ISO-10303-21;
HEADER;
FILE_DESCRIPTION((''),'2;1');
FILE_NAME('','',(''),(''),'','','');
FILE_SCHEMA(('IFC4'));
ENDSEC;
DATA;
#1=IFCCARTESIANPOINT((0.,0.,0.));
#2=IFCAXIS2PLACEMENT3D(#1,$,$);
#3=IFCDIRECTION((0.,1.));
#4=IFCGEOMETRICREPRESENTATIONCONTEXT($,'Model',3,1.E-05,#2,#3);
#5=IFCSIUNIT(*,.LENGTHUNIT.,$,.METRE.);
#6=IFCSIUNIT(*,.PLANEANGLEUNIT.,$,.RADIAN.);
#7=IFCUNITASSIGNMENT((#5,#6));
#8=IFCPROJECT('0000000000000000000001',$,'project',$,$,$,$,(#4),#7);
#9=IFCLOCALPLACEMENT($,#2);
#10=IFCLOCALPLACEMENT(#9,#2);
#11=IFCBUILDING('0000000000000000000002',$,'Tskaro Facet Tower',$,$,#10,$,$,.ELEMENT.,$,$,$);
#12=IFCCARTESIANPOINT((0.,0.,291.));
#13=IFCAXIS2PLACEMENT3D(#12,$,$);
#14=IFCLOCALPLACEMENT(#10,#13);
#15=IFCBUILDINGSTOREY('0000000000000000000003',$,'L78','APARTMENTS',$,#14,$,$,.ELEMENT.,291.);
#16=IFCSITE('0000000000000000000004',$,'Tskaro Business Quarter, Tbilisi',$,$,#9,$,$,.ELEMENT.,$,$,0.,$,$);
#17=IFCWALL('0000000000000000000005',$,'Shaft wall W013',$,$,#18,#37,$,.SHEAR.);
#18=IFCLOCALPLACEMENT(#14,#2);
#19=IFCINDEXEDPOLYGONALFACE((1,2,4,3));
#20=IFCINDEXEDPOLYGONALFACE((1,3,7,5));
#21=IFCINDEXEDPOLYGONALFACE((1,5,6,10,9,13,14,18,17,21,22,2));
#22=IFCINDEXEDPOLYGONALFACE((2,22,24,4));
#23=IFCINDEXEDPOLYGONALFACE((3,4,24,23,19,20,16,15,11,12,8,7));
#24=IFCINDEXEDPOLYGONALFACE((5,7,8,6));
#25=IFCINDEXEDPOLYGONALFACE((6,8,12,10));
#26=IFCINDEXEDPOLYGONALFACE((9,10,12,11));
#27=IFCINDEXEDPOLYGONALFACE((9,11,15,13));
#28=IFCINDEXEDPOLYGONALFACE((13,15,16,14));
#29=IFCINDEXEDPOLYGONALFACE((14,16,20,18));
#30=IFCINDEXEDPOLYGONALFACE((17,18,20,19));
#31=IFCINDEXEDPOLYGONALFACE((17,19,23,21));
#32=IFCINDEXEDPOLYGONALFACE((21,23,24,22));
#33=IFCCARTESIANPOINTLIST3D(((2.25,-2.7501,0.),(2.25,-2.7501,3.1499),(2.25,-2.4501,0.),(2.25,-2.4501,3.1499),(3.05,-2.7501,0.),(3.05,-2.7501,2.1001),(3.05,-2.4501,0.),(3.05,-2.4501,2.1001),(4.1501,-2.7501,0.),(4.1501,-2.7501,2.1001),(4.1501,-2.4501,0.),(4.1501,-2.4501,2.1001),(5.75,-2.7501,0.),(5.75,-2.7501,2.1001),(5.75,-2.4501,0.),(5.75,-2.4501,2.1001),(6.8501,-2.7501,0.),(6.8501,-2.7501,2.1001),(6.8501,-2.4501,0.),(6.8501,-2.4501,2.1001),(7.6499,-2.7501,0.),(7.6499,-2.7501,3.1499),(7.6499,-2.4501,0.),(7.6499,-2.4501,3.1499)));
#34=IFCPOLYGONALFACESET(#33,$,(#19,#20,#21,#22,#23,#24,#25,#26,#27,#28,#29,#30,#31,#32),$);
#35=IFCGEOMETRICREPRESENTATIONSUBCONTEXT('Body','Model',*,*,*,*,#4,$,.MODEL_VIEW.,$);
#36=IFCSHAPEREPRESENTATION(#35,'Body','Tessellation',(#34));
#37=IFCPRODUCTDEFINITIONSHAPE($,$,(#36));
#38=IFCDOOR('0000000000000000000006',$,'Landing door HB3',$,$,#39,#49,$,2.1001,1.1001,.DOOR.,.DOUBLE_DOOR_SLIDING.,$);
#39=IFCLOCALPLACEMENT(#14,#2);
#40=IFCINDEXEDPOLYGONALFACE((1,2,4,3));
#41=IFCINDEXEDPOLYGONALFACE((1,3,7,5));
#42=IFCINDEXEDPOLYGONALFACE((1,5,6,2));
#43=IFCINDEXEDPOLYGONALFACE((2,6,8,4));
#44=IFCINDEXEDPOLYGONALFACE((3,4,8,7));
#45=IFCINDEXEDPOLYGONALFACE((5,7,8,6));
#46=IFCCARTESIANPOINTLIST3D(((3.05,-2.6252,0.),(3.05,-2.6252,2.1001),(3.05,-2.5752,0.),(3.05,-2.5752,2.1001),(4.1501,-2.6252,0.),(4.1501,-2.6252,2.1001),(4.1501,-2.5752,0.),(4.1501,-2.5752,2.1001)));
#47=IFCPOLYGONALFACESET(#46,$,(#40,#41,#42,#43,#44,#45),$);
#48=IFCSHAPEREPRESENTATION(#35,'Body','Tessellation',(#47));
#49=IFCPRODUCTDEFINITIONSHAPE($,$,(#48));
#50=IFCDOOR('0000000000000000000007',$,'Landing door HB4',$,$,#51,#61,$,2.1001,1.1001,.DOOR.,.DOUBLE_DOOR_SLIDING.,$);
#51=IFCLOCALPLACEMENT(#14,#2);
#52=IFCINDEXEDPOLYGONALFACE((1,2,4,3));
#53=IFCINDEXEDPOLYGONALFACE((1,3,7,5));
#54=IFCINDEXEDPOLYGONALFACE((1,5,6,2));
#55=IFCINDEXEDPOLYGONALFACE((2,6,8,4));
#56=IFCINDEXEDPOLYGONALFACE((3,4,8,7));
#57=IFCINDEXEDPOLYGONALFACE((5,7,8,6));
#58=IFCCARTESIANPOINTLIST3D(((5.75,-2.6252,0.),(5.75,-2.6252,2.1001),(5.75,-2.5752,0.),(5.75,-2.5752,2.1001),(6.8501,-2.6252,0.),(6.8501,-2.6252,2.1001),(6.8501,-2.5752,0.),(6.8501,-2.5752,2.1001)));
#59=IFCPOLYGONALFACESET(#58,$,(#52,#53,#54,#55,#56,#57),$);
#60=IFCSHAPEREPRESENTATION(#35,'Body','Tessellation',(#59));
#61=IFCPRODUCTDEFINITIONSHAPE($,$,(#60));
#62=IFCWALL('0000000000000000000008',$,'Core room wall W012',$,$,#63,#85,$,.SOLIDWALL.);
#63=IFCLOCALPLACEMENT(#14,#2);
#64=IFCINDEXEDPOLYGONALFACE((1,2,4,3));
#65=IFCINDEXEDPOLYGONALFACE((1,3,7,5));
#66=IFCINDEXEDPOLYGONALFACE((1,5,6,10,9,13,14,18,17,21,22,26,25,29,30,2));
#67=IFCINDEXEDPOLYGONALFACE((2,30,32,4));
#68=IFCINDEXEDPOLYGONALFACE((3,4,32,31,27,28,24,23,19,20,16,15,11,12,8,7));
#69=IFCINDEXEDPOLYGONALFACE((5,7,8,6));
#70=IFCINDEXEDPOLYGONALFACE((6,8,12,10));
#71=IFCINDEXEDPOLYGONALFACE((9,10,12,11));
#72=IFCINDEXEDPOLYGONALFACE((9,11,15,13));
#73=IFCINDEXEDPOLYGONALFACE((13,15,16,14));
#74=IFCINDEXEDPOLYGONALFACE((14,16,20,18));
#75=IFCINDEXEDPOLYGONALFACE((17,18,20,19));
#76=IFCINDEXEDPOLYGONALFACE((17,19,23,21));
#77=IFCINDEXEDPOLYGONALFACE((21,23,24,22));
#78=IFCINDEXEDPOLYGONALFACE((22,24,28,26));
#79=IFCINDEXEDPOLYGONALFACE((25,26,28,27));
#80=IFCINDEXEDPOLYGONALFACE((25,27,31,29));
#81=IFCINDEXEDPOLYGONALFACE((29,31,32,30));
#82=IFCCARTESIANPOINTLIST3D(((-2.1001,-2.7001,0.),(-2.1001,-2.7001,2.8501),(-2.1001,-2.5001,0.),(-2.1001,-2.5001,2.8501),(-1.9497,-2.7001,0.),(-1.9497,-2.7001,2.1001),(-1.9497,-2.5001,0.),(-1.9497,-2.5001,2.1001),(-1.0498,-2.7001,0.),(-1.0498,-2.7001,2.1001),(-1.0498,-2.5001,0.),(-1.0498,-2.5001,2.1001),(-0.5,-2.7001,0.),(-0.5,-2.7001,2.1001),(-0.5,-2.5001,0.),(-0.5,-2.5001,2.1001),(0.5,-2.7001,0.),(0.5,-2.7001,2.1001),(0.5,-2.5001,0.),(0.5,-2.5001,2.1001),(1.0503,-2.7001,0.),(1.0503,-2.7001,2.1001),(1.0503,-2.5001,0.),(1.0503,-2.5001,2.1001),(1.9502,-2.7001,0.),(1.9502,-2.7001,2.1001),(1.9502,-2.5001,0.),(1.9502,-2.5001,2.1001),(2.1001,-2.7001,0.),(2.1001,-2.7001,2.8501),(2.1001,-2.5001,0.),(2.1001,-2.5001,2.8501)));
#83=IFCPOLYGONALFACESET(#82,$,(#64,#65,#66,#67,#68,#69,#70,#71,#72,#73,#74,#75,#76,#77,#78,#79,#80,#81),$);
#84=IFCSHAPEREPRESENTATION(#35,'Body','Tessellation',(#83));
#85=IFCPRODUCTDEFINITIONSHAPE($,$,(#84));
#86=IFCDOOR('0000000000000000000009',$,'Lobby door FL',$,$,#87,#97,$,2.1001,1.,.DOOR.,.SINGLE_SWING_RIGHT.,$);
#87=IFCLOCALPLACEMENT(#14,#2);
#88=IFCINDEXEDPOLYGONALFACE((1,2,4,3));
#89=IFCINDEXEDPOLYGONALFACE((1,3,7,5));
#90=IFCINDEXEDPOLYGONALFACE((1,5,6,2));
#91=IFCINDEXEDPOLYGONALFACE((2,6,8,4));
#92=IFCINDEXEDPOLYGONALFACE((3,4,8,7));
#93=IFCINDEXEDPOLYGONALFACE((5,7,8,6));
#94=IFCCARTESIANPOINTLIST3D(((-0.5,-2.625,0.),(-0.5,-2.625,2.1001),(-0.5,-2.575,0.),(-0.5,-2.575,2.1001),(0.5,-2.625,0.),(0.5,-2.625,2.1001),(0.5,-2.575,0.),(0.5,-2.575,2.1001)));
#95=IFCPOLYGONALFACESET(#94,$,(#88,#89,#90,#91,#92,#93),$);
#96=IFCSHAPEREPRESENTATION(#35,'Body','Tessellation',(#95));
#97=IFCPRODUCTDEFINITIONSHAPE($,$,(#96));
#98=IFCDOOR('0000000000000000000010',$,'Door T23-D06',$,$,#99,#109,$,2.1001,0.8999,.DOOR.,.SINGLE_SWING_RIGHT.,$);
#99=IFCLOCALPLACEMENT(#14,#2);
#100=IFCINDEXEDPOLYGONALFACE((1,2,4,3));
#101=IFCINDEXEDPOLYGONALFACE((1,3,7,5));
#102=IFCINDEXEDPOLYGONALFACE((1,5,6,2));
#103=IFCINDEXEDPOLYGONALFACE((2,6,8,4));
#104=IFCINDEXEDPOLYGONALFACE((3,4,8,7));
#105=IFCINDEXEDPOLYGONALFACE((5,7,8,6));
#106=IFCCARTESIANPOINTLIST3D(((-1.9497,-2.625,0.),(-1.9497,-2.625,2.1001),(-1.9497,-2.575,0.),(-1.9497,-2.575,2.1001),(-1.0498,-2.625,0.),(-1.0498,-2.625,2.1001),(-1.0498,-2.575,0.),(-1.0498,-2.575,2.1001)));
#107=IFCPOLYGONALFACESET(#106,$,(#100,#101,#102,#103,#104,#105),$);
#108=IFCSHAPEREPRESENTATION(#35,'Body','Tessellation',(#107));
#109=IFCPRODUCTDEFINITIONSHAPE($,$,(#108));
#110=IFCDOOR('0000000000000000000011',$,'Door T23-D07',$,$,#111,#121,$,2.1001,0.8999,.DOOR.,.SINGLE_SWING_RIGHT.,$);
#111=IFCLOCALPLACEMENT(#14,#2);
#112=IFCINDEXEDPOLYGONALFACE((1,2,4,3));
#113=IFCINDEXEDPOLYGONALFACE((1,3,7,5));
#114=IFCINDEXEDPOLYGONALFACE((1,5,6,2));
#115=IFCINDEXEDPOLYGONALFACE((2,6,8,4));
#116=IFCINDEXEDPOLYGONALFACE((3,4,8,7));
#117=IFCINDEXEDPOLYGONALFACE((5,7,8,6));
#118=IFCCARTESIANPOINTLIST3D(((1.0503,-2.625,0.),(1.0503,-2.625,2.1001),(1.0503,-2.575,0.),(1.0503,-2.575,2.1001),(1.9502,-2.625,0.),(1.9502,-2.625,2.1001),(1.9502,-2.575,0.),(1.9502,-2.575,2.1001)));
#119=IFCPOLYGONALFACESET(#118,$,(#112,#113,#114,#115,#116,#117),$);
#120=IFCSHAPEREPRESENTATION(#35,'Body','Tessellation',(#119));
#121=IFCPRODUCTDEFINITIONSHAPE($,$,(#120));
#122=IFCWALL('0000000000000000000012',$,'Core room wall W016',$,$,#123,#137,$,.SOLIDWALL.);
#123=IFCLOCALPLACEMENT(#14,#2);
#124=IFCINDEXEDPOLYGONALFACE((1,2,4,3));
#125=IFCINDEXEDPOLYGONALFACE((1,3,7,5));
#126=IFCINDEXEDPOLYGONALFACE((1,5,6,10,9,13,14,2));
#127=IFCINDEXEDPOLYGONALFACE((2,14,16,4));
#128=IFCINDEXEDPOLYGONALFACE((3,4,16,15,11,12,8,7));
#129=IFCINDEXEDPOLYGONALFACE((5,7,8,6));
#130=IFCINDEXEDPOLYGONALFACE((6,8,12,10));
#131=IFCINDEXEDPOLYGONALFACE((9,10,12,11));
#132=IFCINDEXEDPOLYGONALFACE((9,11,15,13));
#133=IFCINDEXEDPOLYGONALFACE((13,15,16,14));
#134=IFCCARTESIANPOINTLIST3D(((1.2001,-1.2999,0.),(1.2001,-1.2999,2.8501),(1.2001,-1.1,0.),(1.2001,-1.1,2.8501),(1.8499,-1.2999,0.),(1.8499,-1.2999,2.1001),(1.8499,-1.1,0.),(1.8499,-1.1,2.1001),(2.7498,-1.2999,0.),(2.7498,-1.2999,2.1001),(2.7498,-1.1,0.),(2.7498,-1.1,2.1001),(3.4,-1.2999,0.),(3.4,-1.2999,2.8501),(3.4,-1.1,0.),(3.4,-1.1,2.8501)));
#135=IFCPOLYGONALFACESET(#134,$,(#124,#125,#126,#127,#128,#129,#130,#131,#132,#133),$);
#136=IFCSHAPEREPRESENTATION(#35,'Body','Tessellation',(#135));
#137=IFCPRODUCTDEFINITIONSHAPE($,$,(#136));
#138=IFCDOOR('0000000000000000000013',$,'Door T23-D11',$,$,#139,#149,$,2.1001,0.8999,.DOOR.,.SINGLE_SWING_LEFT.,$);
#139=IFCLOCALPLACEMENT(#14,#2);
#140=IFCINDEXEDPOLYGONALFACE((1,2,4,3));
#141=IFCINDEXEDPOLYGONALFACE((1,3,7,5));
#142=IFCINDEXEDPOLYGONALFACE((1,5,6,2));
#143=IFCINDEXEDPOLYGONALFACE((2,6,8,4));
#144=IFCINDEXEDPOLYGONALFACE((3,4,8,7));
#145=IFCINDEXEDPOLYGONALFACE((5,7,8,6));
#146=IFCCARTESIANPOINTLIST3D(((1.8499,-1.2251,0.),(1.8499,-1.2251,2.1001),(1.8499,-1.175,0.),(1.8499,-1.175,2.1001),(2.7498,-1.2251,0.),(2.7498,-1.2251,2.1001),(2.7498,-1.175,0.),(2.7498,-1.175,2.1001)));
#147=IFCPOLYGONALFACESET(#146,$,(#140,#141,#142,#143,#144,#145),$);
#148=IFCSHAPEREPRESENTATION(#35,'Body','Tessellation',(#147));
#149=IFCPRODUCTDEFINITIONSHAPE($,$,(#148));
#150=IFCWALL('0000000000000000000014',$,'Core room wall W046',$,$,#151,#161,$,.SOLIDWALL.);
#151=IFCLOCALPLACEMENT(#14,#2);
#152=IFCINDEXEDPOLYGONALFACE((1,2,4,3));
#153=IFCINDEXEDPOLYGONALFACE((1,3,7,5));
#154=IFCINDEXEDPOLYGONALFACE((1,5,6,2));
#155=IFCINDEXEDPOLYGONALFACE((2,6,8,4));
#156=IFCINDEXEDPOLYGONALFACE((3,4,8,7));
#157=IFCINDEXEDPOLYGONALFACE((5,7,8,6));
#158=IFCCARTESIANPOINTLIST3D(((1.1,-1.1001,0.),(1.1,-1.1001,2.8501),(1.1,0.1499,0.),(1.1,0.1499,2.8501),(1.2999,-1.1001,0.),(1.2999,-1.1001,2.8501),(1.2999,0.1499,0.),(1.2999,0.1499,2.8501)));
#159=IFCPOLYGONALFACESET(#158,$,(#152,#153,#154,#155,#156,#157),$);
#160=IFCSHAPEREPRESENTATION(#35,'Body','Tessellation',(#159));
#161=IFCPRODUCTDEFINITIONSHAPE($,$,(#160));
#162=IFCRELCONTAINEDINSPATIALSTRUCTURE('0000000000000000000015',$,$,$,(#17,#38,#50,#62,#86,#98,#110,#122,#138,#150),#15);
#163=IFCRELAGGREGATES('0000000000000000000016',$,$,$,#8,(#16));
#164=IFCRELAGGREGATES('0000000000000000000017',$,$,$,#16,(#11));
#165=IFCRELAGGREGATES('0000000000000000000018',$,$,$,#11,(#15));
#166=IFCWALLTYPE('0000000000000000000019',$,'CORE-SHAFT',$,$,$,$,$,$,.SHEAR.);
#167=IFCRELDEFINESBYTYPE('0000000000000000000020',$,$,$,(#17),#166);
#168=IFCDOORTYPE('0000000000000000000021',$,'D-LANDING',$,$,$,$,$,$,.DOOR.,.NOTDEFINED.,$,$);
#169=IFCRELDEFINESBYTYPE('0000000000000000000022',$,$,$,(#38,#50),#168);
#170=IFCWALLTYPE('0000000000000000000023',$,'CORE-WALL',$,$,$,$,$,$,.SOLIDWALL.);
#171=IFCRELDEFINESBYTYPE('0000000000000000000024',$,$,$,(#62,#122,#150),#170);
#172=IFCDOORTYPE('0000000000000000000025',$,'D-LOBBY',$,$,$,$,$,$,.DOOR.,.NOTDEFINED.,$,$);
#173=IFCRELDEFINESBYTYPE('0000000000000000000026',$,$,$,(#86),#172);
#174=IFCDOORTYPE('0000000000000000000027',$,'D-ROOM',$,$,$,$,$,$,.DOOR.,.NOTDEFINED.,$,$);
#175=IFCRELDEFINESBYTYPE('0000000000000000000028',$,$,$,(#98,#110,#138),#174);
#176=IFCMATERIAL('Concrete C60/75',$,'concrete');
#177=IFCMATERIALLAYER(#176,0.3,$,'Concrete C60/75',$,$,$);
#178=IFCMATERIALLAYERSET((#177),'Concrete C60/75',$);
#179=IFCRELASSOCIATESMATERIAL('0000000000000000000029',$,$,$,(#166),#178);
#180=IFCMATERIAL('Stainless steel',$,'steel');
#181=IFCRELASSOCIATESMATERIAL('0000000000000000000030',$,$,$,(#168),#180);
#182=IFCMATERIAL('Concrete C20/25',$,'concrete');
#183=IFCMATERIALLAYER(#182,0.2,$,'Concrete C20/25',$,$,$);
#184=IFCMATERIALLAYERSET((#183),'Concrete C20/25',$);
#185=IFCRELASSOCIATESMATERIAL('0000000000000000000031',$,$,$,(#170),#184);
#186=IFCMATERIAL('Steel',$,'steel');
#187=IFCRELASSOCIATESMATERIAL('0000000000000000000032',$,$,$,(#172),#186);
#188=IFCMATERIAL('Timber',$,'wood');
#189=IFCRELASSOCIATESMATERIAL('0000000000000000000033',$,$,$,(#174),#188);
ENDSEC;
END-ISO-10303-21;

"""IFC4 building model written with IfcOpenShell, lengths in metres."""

from ifc_helpers import new_model, si_unit, direction, frame, frame_2d, origin, place, context, subcontext, project, spatial, rectangle, extrude, material, layer, layer_set, type_object, element, fill, save


model = new_model("IFC4")

# Units and contexts
model_context = context("Model", 3, precision=1e-05, world=origin(), true_north=direction((0.0, 1.0)))
body_context = subcontext(model_context, "Body", "Model", "MODEL_VIEW")
ifc_project = project(units=[si_unit("LENGTHUNIT", "METRE"), si_unit("PLANEANGLEUNIT", "RADIAN")], contexts=[model_context])

# Site, building, storey
site_placement = place(None, origin())
site = spatial("IfcSite", under=ifc_project, at=site_placement, Name="Tskaro Business Quarter, Tbilisi", CompositionType="ELEMENT", RefElevation=0.0)
building_placement = place(site_placement, origin())
building = spatial("IfcBuilding", under=site, at=building_placement, Name="Tskaro Facet Tower", CompositionType="ELEMENT")
storey_placement = place(building_placement, frame((0.0, 0.0, 291.0)))
storey = spatial("IfcBuildingStorey", under=building, at=storey_placement, Name="L78", Description="APARTMENTS", CompositionType="ELEMENT", Elevation=291.0)

# Walls, openings, doors
ifc_material_1 = material(Name="Concrete C60/75", Category="concrete")
ifc_layer_1 = layer(ifc_material_1, 0.3, Name="Concrete C60/75")
ifc_layer_set_1 = layer_set([ifc_layer_1], Name="Concrete C60/75")
wall_type_1 = type_object("IfcWallType", Name="CORE-SHAFT", PredefinedType="SHEAR", material=ifc_layer_set_1)
wall_1_placement = place(storey_placement, frame((2.25, -2.6001, 0.0), z_axis=(0.0, 0.0, 1.0), x_axis=(1.0, 0.0, 0.0)))
wall_1 = element("IfcWall", 1, at=wall_1_placement, inside=storey, type_object=wall_type_1, Name="Shaft wall W013", PredefinedType="SHEAR", context=body_context, shape_type="SweptSolid", body=[
    extrude(rectangle(XDim=5.3999, YDim=0.3, at=frame_2d((2.7, 0.0))), origin(), (0.0, 0.0, 1.0), 3.1499),
])
opening_1_placement = place(wall_1_placement, frame((0.8, 0.0, 0.0)))
opening_1 = element("IfcOpeningElement", 2, at=opening_1_placement, cuts=wall_1, PredefinedType="OPENING", context=body_context, shape_type="SweptSolid", body=[
    extrude(rectangle(XDim=1.1001, YDim=2.1001, at=frame_2d((0.55, 1.05))), frame((0.0, 0.1599, 0.0), z_axis=(0.0, -1.0, 0.0), x_axis=(1.0, 0.0, 0.0)), (0.0, 0.0, 1.0), 0.3201),
])
opening_2_placement = place(wall_1_placement, frame((3.5, 0.0, 0.0)))
opening_2 = element("IfcOpeningElement", 3, at=opening_2_placement, cuts=wall_1, PredefinedType="OPENING", context=body_context, shape_type="SweptSolid", body=[
    extrude(rectangle(XDim=1.1001, YDim=2.1001, at=frame_2d((0.55, 1.05))), frame((0.0, 0.1599, 0.0), z_axis=(0.0, -1.0, 0.0), x_axis=(1.0, 0.0, 0.0)), (0.0, 0.0, 1.0), 0.3201),
])
ifc_material_2 = material(Name="Stainless steel", Category="steel")
door_type_1 = type_object("IfcDoorType", Name="D-LANDING", OperationType="NOTDEFINED", PredefinedType="DOOR", material=ifc_material_2)
door_1_placement = place(opening_1_placement, origin())
door_1 = element("IfcDoor", 4, at=door_1_placement, inside=storey, type_object=door_type_1, Name="Landing door HB3", OperationType="DOUBLE_DOOR_SLIDING", OverallHeight=2.1001, OverallWidth=1.1001, PredefinedType="DOOR", context=body_context, shape_type="SweptSolid", body=[
    extrude(rectangle(XDim=1.1001, YDim=2.1001, at=frame_2d((0.55, 1.05))), frame((0.0, 0.0249, 0.0), z_axis=(0.0, -1.0, 0.0), x_axis=(1.0, 0.0, 0.0)), (0.0, 0.0, 1.0), 0.05),
])
fill(opening_1, door_1)
door_2_placement = place(opening_2_placement, origin())
door_2 = element("IfcDoor", 5, at=door_2_placement, inside=storey, type_object=door_type_1, Name="Landing door HB4", OperationType="DOUBLE_DOOR_SLIDING", OverallHeight=2.1001, OverallWidth=1.1001, PredefinedType="DOOR", context=body_context, shape_type="SweptSolid", body=[
    extrude(rectangle(XDim=1.1001, YDim=2.1001, at=frame_2d((0.55, 1.05))), frame((0.0, 0.0249, 0.0), z_axis=(0.0, -1.0, 0.0), x_axis=(1.0, 0.0, 0.0)), (0.0, 0.0, 1.0), 0.05),
])
fill(opening_2, door_2)
ifc_material_3 = material(Name="Concrete C20/25", Category="concrete")
ifc_layer_2 = layer(ifc_material_3, 0.2, Name="Concrete C20/25")
ifc_layer_set_2 = layer_set([ifc_layer_2], Name="Concrete C20/25")
wall_type_2 = type_object("IfcWallType", Name="CORE-WALL", PredefinedType="SOLIDWALL", material=ifc_layer_set_2)
wall_2_placement = place(storey_placement, frame((2.1001, -2.6001, 0.0), z_axis=(0.0, 0.0, 1.0), x_axis=(-1.0, 0.0, 0.0)))
wall_2 = element("IfcWall", 6, at=wall_2_placement, inside=storey, type_object=wall_type_2, Name="Core room wall W012", PredefinedType="SOLIDWALL", context=body_context, shape_type="SweptSolid", body=[
    extrude(rectangle(XDim=4.2002, YDim=0.2, at=frame_2d((2.1001, 0.0))), origin(), (0.0, 0.0, 1.0), 2.8501),
])
opening_3_placement = place(wall_2_placement, frame((1.6001, 0.0, 0.0)))
opening_3 = element("IfcOpeningElement", 7, at=opening_3_placement, cuts=wall_2, PredefinedType="OPENING", context=body_context, shape_type="SweptSolid", body=[
    extrude(rectangle(XDim=1.0, YDim=2.1001, at=frame_2d((0.5, 1.05))), frame((0.0, 0.1099, 0.0), z_axis=(0.0, -1.0, 0.0), x_axis=(1.0, 0.0, 0.0)), (0.0, 0.0, 1.0), 0.22),
])
opening_4_placement = place(wall_2_placement, frame((3.1499, 0.0, 0.0)))
opening_4 = element("IfcOpeningElement", 8, at=opening_4_placement, cuts=wall_2, PredefinedType="OPENING", context=body_context, shape_type="SweptSolid", body=[
    extrude(rectangle(XDim=0.8999, YDim=2.1001, at=frame_2d((0.45, 1.05))), frame((0.0, 0.1099, 0.0), z_axis=(0.0, -1.0, 0.0), x_axis=(1.0, 0.0, 0.0)), (0.0, 0.0, 1.0), 0.22),
])
opening_5_placement = place(wall_2_placement, frame((0.1499, 0.0, 0.0)))
opening_5 = element("IfcOpeningElement", 9, at=opening_5_placement, cuts=wall_2, PredefinedType="OPENING", context=body_context, shape_type="SweptSolid", body=[
    extrude(rectangle(XDim=0.8999, YDim=2.1001, at=frame_2d((0.45, 1.05))), frame((0.0, 0.1099, 0.0), z_axis=(0.0, -1.0, 0.0), x_axis=(1.0, 0.0, 0.0)), (0.0, 0.0, 1.0), 0.22),
])
ifc_material_4 = material(Name="Steel", Category="steel")
door_type_2 = type_object("IfcDoorType", Name="D-LOBBY", OperationType="NOTDEFINED", PredefinedType="DOOR", material=ifc_material_4)
door_3_placement = place(opening_3_placement, origin())
door_3 = element("IfcDoor", 10, at=door_3_placement, inside=storey, type_object=door_type_2, Name="Lobby door FL", OperationType="SINGLE_SWING_RIGHT", OverallHeight=2.1001, OverallWidth=1.0, PredefinedType="DOOR", context=body_context, shape_type="SweptSolid", body=[
    extrude(rectangle(XDim=1.0, YDim=2.1001, at=frame_2d((0.5, 1.05))), frame((0.0, 0.0249, 0.0), z_axis=(0.0, -1.0, 0.0), x_axis=(1.0, 0.0, 0.0)), (0.0, 0.0, 1.0), 0.05),
])
fill(opening_3, door_3)
ifc_material_5 = material(Name="Timber", Category="wood")
door_type_3 = type_object("IfcDoorType", Name="D-ROOM", OperationType="NOTDEFINED", PredefinedType="DOOR", material=ifc_material_5)
door_4_placement = place(opening_4_placement, origin())
door_4 = element("IfcDoor", 11, at=door_4_placement, inside=storey, type_object=door_type_3, Name="Door T23-D06", OperationType="SINGLE_SWING_RIGHT", OverallHeight=2.1001, OverallWidth=0.8999, PredefinedType="DOOR", context=body_context, shape_type="SweptSolid", body=[
    extrude(rectangle(XDim=0.8999, YDim=2.1001, at=frame_2d((0.45, 1.05))), frame((0.0, 0.0249, 0.0), z_axis=(0.0, -1.0, 0.0), x_axis=(1.0, 0.0, 0.0)), (0.0, 0.0, 1.0), 0.05),
])
fill(opening_4, door_4)
door_5_placement = place(opening_5_placement, origin())
door_5 = element("IfcDoor", 12, at=door_5_placement, inside=storey, type_object=door_type_3, Name="Door T23-D07", OperationType="SINGLE_SWING_RIGHT", OverallHeight=2.1001, OverallWidth=0.8999, PredefinedType="DOOR", context=body_context, shape_type="SweptSolid", body=[
    extrude(rectangle(XDim=0.8999, YDim=2.1001, at=frame_2d((0.45, 1.05))), frame((0.0, 0.0249, 0.0), z_axis=(0.0, -1.0, 0.0), x_axis=(1.0, 0.0, 0.0)), (0.0, 0.0, 1.0), 0.05),
])
fill(opening_5, door_5)

# Wall, opening, door
wall_3_placement = place(storey_placement, frame((1.2, -1.2, 0.0), z_axis=(0.0, 0.0, 1.0), x_axis=(1.0, 0.0, 0.0)))
wall_3 = element("IfcWall", 13, at=wall_3_placement, inside=storey, type_object=wall_type_2, Name="Core room wall W016", PredefinedType="SOLIDWALL", context=body_context, shape_type="SweptSolid", body=[
    extrude(rectangle(XDim=2.2, YDim=0.2, at=frame_2d((1.1001, 0.0))), origin(), (0.0, 0.0, 1.0), 2.8501),
])
opening_6_placement = place(wall_3_placement, frame((0.6499, 0.0, 0.0)))
opening_6 = element("IfcOpeningElement", 14, at=opening_6_placement, cuts=wall_3, PredefinedType="OPENING", context=body_context, shape_type="SweptSolid", body=[
    extrude(rectangle(XDim=0.8999, YDim=2.1001, at=frame_2d((0.45, 1.05))), frame((0.0, 0.1099, 0.0), z_axis=(0.0, -1.0, 0.0), x_axis=(1.0, 0.0, 0.0)), (0.0, 0.0, 1.0), 0.22),
])
door_6_placement = place(opening_6_placement, origin())
door_6 = element("IfcDoor", 15, at=door_6_placement, inside=storey, type_object=door_type_3, Name="Door T23-D11", OperationType="SINGLE_SWING_LEFT", OverallHeight=2.1001, OverallWidth=0.8999, PredefinedType="DOOR", context=body_context, shape_type="SweptSolid", body=[
    extrude(rectangle(XDim=0.8999, YDim=2.1001, at=frame_2d((0.45, 1.05))), frame((0.0, 0.0249, 0.0), z_axis=(0.0, -1.0, 0.0), x_axis=(1.0, 0.0, 0.0)), (0.0, 0.0, 1.0), 0.05),
])
fill(opening_6, door_6)

# Wall
for number, where, z_axis, x_axis, name in (
    (16, (1.2, -1.1001, 0.0), (0.0, 0.0, 1.0), (0.0, 1.0, 0.0), "Core room wall W046"),
):
    element("IfcWall", number, at=place(storey_placement, frame(where, z_axis=z_axis, x_axis=x_axis)), inside=storey, type_object=wall_type_2, Name=name, PredefinedType="SOLIDWALL", context=body_context, shape_type="SweptSolid", body=[
        extrude(rectangle(XDim=1.25, YDim=0.2, at=frame_2d((0.625, 0.0))), origin(), (0.0, 0.0, 1.0), 2.8501),
    ])

save(model, "model.ifc")
